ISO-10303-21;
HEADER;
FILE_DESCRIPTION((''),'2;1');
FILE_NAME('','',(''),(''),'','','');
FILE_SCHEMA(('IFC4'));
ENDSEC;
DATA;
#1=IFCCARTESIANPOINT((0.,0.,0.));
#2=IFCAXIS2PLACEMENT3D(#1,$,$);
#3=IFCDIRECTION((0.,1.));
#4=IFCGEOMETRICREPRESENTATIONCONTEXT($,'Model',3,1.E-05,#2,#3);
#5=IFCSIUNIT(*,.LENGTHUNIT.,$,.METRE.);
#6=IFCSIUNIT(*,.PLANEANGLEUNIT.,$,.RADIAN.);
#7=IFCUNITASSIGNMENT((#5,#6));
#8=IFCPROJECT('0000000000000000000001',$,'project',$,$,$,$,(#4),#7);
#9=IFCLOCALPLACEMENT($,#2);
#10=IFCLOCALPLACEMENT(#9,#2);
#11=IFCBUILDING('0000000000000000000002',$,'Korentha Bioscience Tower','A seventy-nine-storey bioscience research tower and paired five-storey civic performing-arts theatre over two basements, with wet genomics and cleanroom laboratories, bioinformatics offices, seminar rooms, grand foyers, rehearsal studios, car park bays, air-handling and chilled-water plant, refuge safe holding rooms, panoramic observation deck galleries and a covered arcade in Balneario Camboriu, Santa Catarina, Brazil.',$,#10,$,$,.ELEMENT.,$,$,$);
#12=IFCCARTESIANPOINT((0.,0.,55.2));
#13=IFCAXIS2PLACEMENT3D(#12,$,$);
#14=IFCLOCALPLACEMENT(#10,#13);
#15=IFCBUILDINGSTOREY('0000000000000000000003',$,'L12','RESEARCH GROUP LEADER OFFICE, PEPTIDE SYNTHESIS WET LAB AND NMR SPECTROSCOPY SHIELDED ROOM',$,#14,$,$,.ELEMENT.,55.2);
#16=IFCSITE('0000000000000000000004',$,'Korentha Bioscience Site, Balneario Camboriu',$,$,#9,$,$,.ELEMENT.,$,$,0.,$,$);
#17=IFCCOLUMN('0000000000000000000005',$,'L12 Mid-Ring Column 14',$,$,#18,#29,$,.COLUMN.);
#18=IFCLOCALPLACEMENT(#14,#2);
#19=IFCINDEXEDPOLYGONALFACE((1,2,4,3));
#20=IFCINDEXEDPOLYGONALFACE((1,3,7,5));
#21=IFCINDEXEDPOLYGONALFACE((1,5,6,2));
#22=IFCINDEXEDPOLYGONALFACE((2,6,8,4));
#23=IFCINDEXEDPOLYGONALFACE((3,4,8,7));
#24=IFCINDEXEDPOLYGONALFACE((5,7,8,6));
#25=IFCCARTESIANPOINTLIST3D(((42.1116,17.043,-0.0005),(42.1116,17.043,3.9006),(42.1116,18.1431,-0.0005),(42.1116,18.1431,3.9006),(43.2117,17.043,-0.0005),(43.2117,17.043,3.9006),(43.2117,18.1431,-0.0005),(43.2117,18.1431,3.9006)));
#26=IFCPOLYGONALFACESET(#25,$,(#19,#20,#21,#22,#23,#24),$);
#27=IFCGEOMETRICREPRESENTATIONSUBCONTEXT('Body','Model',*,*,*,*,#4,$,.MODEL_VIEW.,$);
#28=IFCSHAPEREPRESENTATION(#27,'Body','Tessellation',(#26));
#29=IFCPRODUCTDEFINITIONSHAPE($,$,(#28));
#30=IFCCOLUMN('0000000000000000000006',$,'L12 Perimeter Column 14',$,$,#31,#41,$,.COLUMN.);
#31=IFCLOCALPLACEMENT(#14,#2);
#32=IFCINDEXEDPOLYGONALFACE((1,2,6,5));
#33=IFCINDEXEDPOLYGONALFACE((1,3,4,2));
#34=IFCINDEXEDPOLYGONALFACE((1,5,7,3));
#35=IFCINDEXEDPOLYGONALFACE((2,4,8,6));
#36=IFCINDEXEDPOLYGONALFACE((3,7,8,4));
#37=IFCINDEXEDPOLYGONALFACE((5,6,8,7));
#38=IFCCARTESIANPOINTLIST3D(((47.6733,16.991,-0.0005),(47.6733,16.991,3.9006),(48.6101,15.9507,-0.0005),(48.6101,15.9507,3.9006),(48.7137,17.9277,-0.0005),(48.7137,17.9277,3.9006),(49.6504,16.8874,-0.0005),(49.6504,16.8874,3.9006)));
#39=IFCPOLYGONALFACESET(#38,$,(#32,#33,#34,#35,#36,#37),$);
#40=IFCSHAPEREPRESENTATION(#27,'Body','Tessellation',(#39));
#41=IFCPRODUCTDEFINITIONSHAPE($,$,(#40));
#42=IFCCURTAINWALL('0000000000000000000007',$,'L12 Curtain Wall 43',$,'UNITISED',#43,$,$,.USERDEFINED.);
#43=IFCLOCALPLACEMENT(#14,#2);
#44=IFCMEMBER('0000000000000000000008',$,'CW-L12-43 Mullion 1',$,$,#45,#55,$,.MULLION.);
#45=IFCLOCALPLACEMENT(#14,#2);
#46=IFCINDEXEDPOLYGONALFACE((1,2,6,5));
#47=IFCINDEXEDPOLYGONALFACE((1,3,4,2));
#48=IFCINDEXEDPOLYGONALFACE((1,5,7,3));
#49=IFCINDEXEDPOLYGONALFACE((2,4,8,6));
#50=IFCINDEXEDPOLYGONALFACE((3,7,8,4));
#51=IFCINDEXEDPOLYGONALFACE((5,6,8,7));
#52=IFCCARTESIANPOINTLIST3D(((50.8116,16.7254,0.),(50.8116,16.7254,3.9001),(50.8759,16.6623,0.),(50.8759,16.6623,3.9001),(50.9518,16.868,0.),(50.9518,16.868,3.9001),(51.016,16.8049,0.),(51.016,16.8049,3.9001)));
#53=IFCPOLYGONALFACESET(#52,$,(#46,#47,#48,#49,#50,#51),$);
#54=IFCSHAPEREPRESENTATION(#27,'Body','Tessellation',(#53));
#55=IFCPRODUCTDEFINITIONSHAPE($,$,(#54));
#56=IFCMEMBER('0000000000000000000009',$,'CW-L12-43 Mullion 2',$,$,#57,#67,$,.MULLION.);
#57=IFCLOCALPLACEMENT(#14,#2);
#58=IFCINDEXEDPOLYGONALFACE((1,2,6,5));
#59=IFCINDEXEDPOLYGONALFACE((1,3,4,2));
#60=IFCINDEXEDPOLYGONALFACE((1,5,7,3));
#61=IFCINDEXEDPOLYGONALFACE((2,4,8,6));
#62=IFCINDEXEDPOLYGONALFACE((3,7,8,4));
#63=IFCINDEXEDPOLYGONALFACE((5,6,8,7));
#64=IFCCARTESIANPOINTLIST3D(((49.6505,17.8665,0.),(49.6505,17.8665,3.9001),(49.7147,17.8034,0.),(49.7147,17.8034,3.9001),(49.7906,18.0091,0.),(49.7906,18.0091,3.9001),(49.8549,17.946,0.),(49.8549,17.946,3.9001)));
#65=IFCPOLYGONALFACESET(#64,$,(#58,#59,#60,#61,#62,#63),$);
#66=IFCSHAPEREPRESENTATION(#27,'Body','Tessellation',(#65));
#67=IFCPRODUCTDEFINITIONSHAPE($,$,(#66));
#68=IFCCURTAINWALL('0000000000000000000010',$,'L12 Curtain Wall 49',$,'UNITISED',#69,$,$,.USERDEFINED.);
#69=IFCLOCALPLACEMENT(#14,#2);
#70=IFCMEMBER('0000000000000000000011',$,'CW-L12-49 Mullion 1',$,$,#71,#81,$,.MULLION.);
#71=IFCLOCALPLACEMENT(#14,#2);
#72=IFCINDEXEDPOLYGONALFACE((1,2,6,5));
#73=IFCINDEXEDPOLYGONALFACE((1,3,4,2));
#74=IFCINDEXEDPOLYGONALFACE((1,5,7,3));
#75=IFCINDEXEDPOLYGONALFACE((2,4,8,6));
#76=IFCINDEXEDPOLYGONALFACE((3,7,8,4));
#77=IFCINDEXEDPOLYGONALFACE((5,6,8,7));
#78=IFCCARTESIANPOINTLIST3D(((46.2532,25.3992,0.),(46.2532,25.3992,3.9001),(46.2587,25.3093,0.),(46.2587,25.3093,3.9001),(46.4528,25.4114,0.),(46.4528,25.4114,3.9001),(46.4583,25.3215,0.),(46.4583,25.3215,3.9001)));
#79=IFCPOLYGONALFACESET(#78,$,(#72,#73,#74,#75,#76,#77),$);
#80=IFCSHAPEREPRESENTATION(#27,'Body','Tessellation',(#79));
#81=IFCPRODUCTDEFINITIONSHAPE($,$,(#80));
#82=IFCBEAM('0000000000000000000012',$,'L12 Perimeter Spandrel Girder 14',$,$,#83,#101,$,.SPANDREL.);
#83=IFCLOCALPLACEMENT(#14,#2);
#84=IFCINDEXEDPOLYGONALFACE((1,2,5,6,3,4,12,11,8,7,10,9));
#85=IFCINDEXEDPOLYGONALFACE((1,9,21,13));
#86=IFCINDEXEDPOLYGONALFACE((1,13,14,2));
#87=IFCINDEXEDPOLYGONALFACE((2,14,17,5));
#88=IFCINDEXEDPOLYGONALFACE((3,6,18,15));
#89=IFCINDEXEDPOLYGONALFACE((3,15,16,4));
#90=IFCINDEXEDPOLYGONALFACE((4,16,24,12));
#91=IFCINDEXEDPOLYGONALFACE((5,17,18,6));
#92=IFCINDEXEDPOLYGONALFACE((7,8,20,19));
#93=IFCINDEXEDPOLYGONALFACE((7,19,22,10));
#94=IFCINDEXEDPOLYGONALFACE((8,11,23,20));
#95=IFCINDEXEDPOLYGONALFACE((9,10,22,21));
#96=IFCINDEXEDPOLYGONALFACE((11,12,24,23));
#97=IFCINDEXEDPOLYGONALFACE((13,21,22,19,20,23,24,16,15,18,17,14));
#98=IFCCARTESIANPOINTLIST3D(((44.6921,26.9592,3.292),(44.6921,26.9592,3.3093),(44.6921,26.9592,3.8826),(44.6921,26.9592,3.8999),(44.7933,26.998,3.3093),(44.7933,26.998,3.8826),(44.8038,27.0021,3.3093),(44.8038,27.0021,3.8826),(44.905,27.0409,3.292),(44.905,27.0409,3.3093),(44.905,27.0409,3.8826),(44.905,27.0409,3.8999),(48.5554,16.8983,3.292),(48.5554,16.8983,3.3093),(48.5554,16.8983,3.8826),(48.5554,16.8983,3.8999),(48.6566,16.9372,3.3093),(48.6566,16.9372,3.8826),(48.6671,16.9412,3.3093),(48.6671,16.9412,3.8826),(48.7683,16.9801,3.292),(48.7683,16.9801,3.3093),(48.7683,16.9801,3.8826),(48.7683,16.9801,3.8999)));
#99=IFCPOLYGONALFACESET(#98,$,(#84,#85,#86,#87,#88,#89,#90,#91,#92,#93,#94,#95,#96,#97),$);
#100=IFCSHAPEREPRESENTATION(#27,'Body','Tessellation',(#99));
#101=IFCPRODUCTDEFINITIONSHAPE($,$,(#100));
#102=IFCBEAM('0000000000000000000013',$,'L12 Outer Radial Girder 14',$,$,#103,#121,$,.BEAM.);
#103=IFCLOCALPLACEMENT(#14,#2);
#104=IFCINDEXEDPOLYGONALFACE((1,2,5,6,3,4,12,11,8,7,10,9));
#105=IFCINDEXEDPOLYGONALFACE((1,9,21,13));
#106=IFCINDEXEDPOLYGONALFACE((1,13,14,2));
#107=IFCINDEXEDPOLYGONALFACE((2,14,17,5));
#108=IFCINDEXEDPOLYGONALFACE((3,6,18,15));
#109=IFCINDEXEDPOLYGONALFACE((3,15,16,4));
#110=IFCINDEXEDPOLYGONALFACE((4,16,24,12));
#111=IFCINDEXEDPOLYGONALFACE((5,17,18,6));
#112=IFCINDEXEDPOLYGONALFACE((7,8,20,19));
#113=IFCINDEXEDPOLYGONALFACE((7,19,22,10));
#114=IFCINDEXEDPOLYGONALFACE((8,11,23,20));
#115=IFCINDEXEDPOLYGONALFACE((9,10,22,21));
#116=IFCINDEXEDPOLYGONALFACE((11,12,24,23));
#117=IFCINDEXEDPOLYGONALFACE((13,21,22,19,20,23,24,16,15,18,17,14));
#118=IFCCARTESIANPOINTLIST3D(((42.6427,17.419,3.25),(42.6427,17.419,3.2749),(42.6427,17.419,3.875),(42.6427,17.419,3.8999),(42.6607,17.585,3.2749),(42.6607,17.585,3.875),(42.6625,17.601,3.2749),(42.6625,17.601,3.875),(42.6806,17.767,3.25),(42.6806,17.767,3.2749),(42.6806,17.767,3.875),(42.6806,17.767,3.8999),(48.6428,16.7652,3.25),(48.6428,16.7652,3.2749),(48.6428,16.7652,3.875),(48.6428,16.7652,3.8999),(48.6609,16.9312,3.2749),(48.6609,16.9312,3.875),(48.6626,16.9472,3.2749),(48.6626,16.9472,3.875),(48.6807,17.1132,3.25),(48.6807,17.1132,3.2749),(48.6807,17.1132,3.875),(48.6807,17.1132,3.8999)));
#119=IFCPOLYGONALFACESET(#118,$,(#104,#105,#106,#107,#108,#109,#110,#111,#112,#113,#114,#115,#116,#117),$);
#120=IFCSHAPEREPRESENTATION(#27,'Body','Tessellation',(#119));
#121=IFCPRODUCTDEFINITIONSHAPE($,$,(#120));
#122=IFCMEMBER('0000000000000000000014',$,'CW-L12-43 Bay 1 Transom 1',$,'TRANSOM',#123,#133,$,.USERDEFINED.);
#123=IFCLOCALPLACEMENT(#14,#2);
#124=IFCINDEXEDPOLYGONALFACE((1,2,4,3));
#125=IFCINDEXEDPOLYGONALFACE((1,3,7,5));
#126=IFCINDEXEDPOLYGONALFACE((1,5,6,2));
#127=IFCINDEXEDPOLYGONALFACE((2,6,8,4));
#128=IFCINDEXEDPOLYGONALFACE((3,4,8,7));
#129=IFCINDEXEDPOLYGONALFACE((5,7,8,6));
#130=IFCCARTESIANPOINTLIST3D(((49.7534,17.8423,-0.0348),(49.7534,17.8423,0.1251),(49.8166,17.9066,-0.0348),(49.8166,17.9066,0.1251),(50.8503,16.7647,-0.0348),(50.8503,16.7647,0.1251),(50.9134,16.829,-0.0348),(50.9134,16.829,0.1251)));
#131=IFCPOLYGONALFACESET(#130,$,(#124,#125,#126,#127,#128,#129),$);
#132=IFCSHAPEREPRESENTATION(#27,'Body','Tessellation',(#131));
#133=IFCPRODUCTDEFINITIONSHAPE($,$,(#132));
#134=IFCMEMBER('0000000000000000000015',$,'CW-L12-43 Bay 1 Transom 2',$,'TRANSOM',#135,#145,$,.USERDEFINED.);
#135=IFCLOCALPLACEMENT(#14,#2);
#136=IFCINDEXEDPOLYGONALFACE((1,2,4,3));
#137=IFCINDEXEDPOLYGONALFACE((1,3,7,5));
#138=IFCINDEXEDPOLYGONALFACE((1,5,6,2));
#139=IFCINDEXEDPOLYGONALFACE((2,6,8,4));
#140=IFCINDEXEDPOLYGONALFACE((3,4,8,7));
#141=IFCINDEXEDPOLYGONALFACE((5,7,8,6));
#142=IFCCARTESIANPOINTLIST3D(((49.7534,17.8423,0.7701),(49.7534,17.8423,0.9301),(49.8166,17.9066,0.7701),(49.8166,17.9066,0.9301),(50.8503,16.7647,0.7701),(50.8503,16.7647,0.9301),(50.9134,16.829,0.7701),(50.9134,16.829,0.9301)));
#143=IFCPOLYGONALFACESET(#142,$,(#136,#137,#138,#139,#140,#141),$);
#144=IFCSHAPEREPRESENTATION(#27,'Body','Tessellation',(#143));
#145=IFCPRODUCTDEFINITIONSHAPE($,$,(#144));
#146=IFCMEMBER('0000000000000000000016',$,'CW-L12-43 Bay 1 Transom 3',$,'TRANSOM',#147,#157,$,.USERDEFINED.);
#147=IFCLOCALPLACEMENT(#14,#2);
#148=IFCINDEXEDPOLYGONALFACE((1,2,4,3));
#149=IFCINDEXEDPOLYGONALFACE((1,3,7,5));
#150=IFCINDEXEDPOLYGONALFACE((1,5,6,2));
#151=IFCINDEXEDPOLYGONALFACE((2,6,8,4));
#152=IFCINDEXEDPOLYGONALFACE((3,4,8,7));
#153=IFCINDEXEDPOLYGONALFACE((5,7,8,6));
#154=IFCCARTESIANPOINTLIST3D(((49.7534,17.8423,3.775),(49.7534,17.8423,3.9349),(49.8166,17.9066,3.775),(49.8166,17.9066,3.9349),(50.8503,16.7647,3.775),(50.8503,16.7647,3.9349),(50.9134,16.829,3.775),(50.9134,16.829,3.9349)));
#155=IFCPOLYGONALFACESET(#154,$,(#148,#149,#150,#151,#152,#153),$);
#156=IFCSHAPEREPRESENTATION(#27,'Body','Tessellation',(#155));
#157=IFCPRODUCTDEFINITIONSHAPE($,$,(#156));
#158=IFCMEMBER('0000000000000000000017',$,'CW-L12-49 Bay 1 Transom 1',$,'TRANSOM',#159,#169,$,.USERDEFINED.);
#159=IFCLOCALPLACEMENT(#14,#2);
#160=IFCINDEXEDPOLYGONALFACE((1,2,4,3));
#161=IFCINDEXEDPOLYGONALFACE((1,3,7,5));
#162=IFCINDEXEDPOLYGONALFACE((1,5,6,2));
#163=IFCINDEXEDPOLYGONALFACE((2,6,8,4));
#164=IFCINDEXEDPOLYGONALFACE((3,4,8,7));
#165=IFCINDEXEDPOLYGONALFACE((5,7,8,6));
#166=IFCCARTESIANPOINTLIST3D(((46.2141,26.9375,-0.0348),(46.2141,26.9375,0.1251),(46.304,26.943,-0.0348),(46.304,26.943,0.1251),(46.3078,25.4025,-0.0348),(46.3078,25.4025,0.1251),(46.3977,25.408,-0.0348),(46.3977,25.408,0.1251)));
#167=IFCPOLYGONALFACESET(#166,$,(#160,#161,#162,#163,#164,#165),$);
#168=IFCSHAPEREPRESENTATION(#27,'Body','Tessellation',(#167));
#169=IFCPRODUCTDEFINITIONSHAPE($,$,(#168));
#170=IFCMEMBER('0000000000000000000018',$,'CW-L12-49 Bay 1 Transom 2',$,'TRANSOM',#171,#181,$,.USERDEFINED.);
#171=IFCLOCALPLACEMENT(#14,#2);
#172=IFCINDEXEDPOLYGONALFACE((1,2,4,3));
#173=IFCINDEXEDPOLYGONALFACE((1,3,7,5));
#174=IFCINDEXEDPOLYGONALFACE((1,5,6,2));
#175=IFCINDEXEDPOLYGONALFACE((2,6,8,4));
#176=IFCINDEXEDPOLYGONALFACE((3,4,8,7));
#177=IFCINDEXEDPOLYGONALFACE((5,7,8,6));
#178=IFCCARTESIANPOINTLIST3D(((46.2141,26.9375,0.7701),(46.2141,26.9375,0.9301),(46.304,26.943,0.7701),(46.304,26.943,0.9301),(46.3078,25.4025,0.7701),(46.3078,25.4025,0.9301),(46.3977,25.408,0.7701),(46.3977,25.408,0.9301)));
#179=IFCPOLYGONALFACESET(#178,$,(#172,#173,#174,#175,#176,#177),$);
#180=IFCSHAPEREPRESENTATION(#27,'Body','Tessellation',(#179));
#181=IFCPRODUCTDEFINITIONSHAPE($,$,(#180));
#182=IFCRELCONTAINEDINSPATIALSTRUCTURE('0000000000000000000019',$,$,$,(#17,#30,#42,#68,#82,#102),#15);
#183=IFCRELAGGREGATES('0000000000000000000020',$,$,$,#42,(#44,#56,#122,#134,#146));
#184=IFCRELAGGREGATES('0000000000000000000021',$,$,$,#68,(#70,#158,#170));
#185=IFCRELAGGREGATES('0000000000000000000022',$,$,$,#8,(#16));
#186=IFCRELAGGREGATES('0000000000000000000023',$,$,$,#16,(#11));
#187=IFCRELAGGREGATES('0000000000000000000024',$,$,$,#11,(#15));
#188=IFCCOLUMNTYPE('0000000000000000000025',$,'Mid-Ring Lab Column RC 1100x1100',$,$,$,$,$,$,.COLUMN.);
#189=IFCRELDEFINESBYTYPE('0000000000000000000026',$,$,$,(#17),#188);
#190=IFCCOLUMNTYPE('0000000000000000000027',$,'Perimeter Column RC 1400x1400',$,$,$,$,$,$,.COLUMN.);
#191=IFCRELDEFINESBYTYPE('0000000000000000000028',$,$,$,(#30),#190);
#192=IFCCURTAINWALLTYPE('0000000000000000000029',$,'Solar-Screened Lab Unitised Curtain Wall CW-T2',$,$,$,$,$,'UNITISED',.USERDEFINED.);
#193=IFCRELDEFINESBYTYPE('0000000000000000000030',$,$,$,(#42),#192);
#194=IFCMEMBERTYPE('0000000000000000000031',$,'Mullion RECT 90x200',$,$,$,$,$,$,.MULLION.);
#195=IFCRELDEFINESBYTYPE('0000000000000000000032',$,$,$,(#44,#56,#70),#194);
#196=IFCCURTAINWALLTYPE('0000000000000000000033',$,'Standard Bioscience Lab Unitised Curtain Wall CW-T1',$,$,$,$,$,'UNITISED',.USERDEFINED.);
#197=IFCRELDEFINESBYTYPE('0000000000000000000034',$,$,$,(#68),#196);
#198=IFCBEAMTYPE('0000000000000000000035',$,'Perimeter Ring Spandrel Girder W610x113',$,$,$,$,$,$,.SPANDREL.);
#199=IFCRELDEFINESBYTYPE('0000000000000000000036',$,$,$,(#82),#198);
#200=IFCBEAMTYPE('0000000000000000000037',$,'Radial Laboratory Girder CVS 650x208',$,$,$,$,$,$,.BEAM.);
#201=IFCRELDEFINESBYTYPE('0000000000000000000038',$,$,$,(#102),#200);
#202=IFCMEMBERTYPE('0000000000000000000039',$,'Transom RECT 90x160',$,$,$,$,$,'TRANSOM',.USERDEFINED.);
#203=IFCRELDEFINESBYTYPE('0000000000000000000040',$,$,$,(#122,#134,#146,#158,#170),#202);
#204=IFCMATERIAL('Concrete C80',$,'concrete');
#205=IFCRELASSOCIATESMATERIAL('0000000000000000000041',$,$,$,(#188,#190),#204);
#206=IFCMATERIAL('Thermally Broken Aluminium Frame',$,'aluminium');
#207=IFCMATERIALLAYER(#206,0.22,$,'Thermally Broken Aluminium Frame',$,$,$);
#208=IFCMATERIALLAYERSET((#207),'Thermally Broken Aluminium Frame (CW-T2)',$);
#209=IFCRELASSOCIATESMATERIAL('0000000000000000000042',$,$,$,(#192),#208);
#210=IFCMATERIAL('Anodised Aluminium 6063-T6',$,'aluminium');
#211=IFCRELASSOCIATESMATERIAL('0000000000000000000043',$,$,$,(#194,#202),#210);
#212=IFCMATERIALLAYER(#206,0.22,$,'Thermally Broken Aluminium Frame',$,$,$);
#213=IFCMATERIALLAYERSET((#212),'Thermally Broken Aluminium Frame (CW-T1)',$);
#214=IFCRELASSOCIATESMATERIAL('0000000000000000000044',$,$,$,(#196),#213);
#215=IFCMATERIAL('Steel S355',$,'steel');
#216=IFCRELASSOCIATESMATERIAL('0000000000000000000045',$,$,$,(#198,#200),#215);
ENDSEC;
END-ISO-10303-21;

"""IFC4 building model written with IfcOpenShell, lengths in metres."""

from ifc_helpers import new_model, si_unit, direction, frame, origin, origin_2d, place, context, subcontext, project, spatial, rectangle, i_section, extrude, material, layer, layer_set, material_profile, profile_set, type_object, element, aggregate, save


model = new_model("IFC4")

# Units and contexts
model_context = context("Model", 3, precision=1e-05, world=origin(), true_north=direction((0.0, 1.0)))
body_context = subcontext(model_context, "Body", "Model", "MODEL_VIEW")
ifc_project = project(units=[si_unit("LENGTHUNIT", "METRE"), si_unit("PLANEANGLEUNIT", "RADIAN")], contexts=[model_context])

# Site, building, storey
site_placement = place(None, origin())
site = spatial("IfcSite", under=ifc_project, at=site_placement, Name="Korentha Bioscience Site, Balneario Camboriu", CompositionType="ELEMENT", RefElevation=0.0)
building_placement = place(site_placement, origin())
building = spatial("IfcBuilding", under=site, at=building_placement, Name="Korentha Bioscience Tower", Description="A seventy-nine-storey bioscience research tower and paired five-storey civic performing-arts theatre over two basements, with wet genomics and cleanroom laboratories, bioinformatics offices, seminar rooms, grand foyers, rehearsal studios, car park bays, air-handling and chilled-water plant, refuge safe holding rooms, panoramic observation deck galleries and a covered arcade in Balneario Camboriu, Santa Catarina, Brazil.", CompositionType="ELEMENT")
storey_placement = place(building_placement, frame((0.0, 0.0, 55.2)))
storey = spatial("IfcBuildingStorey", under=building, at=storey_placement, Name="L12", Description="RESEARCH GROUP LEADER OFFICE, PEPTIDE SYNTHESIS WET LAB AND NMR SPECTROSCOPY SHIELDED ROOM", CompositionType="ELEMENT", Elevation=55.2)

# Columns
ifc_material_1 = material(Name="Concrete C80", Category="concrete")
ifc_material_profile_1 = material_profile(ifc_material_1, rectangle(XDim=1.1001, YDim=1.1001, at=origin_2d()), Name="Concrete C80")
ifc_profile_set_1 = profile_set([ifc_material_profile_1], Name="Concrete C80 (COL-MR11)")
column_type_1 = type_object("IfcColumnType", Name="Mid-Ring Lab Column RC 1100x1100", PredefinedType="COLUMN", material=ifc_profile_set_1)
column_1_placement = place(storey_placement, frame((42.6616, 17.593, -0.0005), z_axis=(0.0, 0.0, 1.0), x_axis=(1.0, 0.0, 0.0)))
element("IfcColumn", 1, at=column_1_placement, inside=storey, type_object=column_type_1, Name="L12 Mid-Ring Column 14", PredefinedType="COLUMN", context=body_context, shape_type="SweptSolid", body=[
    extrude(rectangle(XDim=1.1001, YDim=1.1001, at=origin_2d()), origin(), (0.0, 0.0, 1.0), 3.9011),
])
ifc_material_profile_2 = material_profile(ifc_material_1, rectangle(XDim=1.3999, YDim=1.3999, at=origin_2d()), Name="Concrete C80")
ifc_profile_set_2 = profile_set([ifc_material_profile_2], Name="Concrete C80 (COL-P14)")
column_type_2 = type_object("IfcColumnType", Name="Perimeter Column RC 1400x1400", PredefinedType="COLUMN", material=ifc_profile_set_2)
column_2_placement = place(storey_placement, frame((48.6619, 16.9392, -0.0005), z_axis=(0.0, 0.0, 1.0), x_axis=(-0.669131, 0.743145, 0.0)))
element("IfcColumn", 2, at=column_2_placement, inside=storey, type_object=column_type_2, Name="L12 Perimeter Column 14", PredefinedType="COLUMN", context=body_context, shape_type="SweptSolid", body=[
    extrude(rectangle(XDim=1.3999, YDim=1.3999, at=origin_2d()), origin(), (0.0, 0.0, 1.0), 3.9011),
])

# Curtain wall, members
ifc_material_2 = material(Name="Thermally Broken Aluminium Frame", Category="aluminium")
ifc_layer_1 = layer(ifc_material_2, 0.22, Name="Thermally Broken Aluminium Frame")
ifc_layer_set_1 = layer_set([ifc_layer_1], Name="Thermally Broken Aluminium Frame (CW-T2)")
curtain_wall_type_1 = type_object("IfcCurtainWallType", Name="Solar-Screened Lab Unitised Curtain Wall CW-T2", ElementType="UNITISED", PredefinedType="USERDEFINED", material=ifc_layer_set_1)
curtain_wall_1_placement = place(storey_placement, origin())
curtain_wall_1 = element("IfcCurtainWall", 3, at=curtain_wall_1_placement, inside=storey, type_object=curtain_wall_type_1, Name="L12 Curtain Wall 43", ObjectType="UNITISED", PredefinedType="USERDEFINED")
ifc_material_3 = material(Name="Anodised Aluminium 6063-T6", Category="aluminium")
ifc_material_profile_3 = material_profile(ifc_material_3, rectangle(XDim=0.0901, YDim=0.2, at=origin_2d()), Name="Anodised Aluminium 6063-T6")
ifc_profile_set_3 = profile_set([ifc_material_profile_3], Name="Anodised Aluminium 6063-T6 (CW-MUL)")
member_type_1 = type_object("IfcMemberType", Name="Mullion RECT 90x200", PredefinedType="MULLION", material=ifc_profile_set_3)
member_1_placement = place(storey_placement, frame((50.9138, 16.7651, 0.0), z_axis=(0.0, 0.0, 1.0), x_axis=(-0.713279, 0.70088, 0.0)))
member_1 = element("IfcMember", 4, at=member_1_placement, type_object=member_type_1, Name="CW-L12-43 Mullion 1", PredefinedType="MULLION", context=body_context, shape_type="SweptSolid", body=[
    extrude(rectangle(XDim=0.0901, YDim=0.2, at=origin_2d()), origin(), (0.0, 0.0, 1.0), 3.9001),
])
member_2_placement = place(storey_placement, frame((49.7527, 17.9062, 0.0), z_axis=(0.0, 0.0, 1.0), x_axis=(-0.713279, 0.70088, 0.0)))
member_2 = element("IfcMember", 5, at=member_2_placement, type_object=member_type_1, Name="CW-L12-43 Mullion 2", PredefinedType="MULLION", context=body_context, shape_type="SweptSolid", body=[
    extrude(rectangle(XDim=0.0901, YDim=0.2, at=origin_2d()), origin(), (0.0, 0.0, 1.0), 3.9001),
])

# Curtain wall, member
ifc_layer_2 = layer(ifc_material_2, 0.22, Name="Thermally Broken Aluminium Frame")
ifc_layer_set_2 = layer_set([ifc_layer_2], Name="Thermally Broken Aluminium Frame (CW-T1)")
curtain_wall_type_2 = type_object("IfcCurtainWallType", Name="Standard Bioscience Lab Unitised Curtain Wall CW-T1", ElementType="UNITISED", PredefinedType="USERDEFINED", material=ifc_layer_set_2)
curtain_wall_2_placement = place(storey_placement, origin())
curtain_wall_2 = element("IfcCurtainWall", 6, at=curtain_wall_2_placement, inside=storey, type_object=curtain_wall_type_2, Name="L12 Curtain Wall 49", ObjectType="UNITISED", PredefinedType="USERDEFINED")
member_3_placement = place(storey_placement, frame((46.3557, 25.3604, 0.0), z_axis=(0.0, 0.0, 1.0), x_axis=(-0.061008, 0.998137, 0.0)))
member_3 = element("IfcMember", 7, at=member_3_placement, type_object=member_type_1, Name="CW-L12-49 Mullion 1", PredefinedType="MULLION", context=body_context, shape_type="SweptSolid", body=[
    extrude(rectangle(XDim=0.0901, YDim=0.2, at=origin_2d()), origin(), (0.0, 0.0, 1.0), 3.9001),
])

# Beams
ifc_material_4 = material(Name="Steel S355", Category="steel")
ifc_material_profile_4 = material_profile(ifc_material_4, i_section(OverallWidth=0.228, OverallDepth=0.6079, WebThickness=0.0112, FlangeThickness=0.0173, at=origin_2d()), Name="Steel S355")
ifc_profile_set_4 = profile_set([ifc_material_profile_4], Name="Steel S355 (SB-610)")
beam_type_1 = type_object("IfcBeamType", Name="Perimeter Ring Spandrel Girder W610x113", PredefinedType="SPANDREL", material=ifc_profile_set_4)
beam_1_placement = place(storey_placement, frame((48.6619, 16.9392, 3.5959), z_axis=(-0.358474, 0.93354, 0.0), x_axis=(-0.93354, -0.358474, 0.0)))
element("IfcBeam", 8, at=beam_1_placement, inside=storey, type_object=beam_type_1, Name="L12 Perimeter Spandrel Girder 14", PredefinedType="SPANDREL", context=body_context, shape_type="SweptSolid", body=[
    extrude(i_section(OverallWidth=0.228, OverallDepth=0.6079, WebThickness=0.0112, FlangeThickness=0.0173, at=origin_2d()), origin(), (0.0, 0.0, 1.0), 10.7771),
])
ifc_material_profile_5 = material_profile(ifc_material_4, i_section(OverallWidth=0.3501, OverallDepth=0.6499, WebThickness=0.0161, FlangeThickness=0.0249, at=origin_2d()), Name="Steel S355")
ifc_profile_set_5 = profile_set([ifc_material_profile_5], Name="Steel S355 (RB-650)")
beam_type_2 = type_object("IfcBeamType", Name="Radial Laboratory Girder CVS 650x208", PredefinedType="BEAM", material=ifc_profile_set_5)
beam_2_placement = place(storey_placement, frame((42.6616, 17.593, 3.575), z_axis=(0.994116, -0.108323, 0.0), x_axis=(0.108323, 0.994116, 0.0)))
element("IfcBeam", 9, at=beam_2_placement, inside=storey, type_object=beam_type_2, Name="L12 Outer Radial Girder 14", PredefinedType="BEAM", context=body_context, shape_type="SweptSolid", body=[
    extrude(i_section(OverallWidth=0.3501, OverallDepth=0.6499, WebThickness=0.0161, FlangeThickness=0.0249, at=origin_2d()), origin(), (0.0, 0.0, 1.0), 6.0356),
])

# Members
ifc_material_profile_6 = material_profile(ifc_material_3, rectangle(XDim=0.0901, YDim=0.1599, at=origin_2d()), Name="Anodised Aluminium 6063-T6")
ifc_profile_set_6 = profile_set([ifc_material_profile_6], Name="Anodised Aluminium 6063-T6 (CW-TRN)")
member_type_2 = type_object("IfcMemberType", Name="Transom RECT 90x160", ElementType="TRANSOM", PredefinedType="USERDEFINED", material=ifc_profile_set_6)
member_4_placement = place(storey_placement, frame((50.8818, 16.7969, 0.0452), z_axis=(-0.71335, 0.700808, 0.0), x_axis=(-0.700808, -0.71335, 0.0)))
member_4 = element("IfcMember", 10, at=member_4_placement, type_object=member_type_2, Name="CW-L12-43 Bay 1 Transom 1", ObjectType="TRANSOM", PredefinedType="USERDEFINED", context=body_context, shape_type="SweptSolid", body=[
    extrude(rectangle(XDim=0.0901, YDim=0.1599, at=origin_2d()), origin(), (0.0, 0.0, 1.0), 1.5376),
])
member_5_placement = place(storey_placement, frame((50.8818, 16.7969, 0.8501), z_axis=(-0.71335, 0.700808, 0.0), x_axis=(-0.700808, -0.71335, 0.0)))
member_5 = element("IfcMember", 11, at=member_5_placement, type_object=member_type_2, Name="CW-L12-43 Bay 1 Transom 2", ObjectType="TRANSOM", PredefinedType="USERDEFINED", context=body_context, shape_type="SweptSolid", body=[
    extrude(rectangle(XDim=0.0901, YDim=0.1599, at=origin_2d()), origin(), (0.0, 0.0, 1.0), 1.5376),
])
member_6_placement = place(storey_placement, frame((50.8818, 16.7969, 3.855), z_axis=(-0.71335, 0.700808, 0.0), x_axis=(-0.700808, -0.71335, 0.0)))
member_6 = element("IfcMember", 12, at=member_6_placement, type_object=member_type_2, Name="CW-L12-43 Bay 1 Transom 3", ObjectType="TRANSOM", PredefinedType="USERDEFINED", context=body_context, shape_type="SweptSolid", body=[
    extrude(rectangle(XDim=0.0901, YDim=0.1599, at=origin_2d()), origin(), (0.0, 0.0, 1.0), 1.5376),
])
member_7_placement = place(storey_placement, frame((46.3528, 25.4053, 0.0452), z_axis=(-0.060965, 0.99814, 0.0), x_axis=(-0.99814, -0.060965, 0.0)))
member_7 = element("IfcMember", 13, at=member_7_placement, type_object=member_type_2, Name="CW-L12-49 Bay 1 Transom 1", ObjectType="TRANSOM", PredefinedType="USERDEFINED", context=body_context, shape_type="SweptSolid", body=[
    extrude(rectangle(XDim=0.0901, YDim=0.1599, at=origin_2d()), origin(), (0.0, 0.0, 1.0), 1.5378),
])
member_8_placement = place(storey_placement, frame((46.3528, 25.4053, 0.8501), z_axis=(-0.060965, 0.99814, 0.0), x_axis=(-0.99814, -0.060965, 0.0)))
member_8 = element("IfcMember", 14, at=member_8_placement, type_object=member_type_2, Name="CW-L12-49 Bay 1 Transom 2", ObjectType="TRANSOM", PredefinedType="USERDEFINED", context=body_context, shape_type="SweptSolid", body=[
    extrude(rectangle(XDim=0.0901, YDim=0.1599, at=origin_2d()), origin(), (0.0, 0.0, 1.0), 1.5378),
])

aggregate(curtain_wall_1, [member_1, member_2, member_4, member_5, member_6])
aggregate(curtain_wall_2, [member_3, member_7, member_8])

save(model, "model.ifc")
